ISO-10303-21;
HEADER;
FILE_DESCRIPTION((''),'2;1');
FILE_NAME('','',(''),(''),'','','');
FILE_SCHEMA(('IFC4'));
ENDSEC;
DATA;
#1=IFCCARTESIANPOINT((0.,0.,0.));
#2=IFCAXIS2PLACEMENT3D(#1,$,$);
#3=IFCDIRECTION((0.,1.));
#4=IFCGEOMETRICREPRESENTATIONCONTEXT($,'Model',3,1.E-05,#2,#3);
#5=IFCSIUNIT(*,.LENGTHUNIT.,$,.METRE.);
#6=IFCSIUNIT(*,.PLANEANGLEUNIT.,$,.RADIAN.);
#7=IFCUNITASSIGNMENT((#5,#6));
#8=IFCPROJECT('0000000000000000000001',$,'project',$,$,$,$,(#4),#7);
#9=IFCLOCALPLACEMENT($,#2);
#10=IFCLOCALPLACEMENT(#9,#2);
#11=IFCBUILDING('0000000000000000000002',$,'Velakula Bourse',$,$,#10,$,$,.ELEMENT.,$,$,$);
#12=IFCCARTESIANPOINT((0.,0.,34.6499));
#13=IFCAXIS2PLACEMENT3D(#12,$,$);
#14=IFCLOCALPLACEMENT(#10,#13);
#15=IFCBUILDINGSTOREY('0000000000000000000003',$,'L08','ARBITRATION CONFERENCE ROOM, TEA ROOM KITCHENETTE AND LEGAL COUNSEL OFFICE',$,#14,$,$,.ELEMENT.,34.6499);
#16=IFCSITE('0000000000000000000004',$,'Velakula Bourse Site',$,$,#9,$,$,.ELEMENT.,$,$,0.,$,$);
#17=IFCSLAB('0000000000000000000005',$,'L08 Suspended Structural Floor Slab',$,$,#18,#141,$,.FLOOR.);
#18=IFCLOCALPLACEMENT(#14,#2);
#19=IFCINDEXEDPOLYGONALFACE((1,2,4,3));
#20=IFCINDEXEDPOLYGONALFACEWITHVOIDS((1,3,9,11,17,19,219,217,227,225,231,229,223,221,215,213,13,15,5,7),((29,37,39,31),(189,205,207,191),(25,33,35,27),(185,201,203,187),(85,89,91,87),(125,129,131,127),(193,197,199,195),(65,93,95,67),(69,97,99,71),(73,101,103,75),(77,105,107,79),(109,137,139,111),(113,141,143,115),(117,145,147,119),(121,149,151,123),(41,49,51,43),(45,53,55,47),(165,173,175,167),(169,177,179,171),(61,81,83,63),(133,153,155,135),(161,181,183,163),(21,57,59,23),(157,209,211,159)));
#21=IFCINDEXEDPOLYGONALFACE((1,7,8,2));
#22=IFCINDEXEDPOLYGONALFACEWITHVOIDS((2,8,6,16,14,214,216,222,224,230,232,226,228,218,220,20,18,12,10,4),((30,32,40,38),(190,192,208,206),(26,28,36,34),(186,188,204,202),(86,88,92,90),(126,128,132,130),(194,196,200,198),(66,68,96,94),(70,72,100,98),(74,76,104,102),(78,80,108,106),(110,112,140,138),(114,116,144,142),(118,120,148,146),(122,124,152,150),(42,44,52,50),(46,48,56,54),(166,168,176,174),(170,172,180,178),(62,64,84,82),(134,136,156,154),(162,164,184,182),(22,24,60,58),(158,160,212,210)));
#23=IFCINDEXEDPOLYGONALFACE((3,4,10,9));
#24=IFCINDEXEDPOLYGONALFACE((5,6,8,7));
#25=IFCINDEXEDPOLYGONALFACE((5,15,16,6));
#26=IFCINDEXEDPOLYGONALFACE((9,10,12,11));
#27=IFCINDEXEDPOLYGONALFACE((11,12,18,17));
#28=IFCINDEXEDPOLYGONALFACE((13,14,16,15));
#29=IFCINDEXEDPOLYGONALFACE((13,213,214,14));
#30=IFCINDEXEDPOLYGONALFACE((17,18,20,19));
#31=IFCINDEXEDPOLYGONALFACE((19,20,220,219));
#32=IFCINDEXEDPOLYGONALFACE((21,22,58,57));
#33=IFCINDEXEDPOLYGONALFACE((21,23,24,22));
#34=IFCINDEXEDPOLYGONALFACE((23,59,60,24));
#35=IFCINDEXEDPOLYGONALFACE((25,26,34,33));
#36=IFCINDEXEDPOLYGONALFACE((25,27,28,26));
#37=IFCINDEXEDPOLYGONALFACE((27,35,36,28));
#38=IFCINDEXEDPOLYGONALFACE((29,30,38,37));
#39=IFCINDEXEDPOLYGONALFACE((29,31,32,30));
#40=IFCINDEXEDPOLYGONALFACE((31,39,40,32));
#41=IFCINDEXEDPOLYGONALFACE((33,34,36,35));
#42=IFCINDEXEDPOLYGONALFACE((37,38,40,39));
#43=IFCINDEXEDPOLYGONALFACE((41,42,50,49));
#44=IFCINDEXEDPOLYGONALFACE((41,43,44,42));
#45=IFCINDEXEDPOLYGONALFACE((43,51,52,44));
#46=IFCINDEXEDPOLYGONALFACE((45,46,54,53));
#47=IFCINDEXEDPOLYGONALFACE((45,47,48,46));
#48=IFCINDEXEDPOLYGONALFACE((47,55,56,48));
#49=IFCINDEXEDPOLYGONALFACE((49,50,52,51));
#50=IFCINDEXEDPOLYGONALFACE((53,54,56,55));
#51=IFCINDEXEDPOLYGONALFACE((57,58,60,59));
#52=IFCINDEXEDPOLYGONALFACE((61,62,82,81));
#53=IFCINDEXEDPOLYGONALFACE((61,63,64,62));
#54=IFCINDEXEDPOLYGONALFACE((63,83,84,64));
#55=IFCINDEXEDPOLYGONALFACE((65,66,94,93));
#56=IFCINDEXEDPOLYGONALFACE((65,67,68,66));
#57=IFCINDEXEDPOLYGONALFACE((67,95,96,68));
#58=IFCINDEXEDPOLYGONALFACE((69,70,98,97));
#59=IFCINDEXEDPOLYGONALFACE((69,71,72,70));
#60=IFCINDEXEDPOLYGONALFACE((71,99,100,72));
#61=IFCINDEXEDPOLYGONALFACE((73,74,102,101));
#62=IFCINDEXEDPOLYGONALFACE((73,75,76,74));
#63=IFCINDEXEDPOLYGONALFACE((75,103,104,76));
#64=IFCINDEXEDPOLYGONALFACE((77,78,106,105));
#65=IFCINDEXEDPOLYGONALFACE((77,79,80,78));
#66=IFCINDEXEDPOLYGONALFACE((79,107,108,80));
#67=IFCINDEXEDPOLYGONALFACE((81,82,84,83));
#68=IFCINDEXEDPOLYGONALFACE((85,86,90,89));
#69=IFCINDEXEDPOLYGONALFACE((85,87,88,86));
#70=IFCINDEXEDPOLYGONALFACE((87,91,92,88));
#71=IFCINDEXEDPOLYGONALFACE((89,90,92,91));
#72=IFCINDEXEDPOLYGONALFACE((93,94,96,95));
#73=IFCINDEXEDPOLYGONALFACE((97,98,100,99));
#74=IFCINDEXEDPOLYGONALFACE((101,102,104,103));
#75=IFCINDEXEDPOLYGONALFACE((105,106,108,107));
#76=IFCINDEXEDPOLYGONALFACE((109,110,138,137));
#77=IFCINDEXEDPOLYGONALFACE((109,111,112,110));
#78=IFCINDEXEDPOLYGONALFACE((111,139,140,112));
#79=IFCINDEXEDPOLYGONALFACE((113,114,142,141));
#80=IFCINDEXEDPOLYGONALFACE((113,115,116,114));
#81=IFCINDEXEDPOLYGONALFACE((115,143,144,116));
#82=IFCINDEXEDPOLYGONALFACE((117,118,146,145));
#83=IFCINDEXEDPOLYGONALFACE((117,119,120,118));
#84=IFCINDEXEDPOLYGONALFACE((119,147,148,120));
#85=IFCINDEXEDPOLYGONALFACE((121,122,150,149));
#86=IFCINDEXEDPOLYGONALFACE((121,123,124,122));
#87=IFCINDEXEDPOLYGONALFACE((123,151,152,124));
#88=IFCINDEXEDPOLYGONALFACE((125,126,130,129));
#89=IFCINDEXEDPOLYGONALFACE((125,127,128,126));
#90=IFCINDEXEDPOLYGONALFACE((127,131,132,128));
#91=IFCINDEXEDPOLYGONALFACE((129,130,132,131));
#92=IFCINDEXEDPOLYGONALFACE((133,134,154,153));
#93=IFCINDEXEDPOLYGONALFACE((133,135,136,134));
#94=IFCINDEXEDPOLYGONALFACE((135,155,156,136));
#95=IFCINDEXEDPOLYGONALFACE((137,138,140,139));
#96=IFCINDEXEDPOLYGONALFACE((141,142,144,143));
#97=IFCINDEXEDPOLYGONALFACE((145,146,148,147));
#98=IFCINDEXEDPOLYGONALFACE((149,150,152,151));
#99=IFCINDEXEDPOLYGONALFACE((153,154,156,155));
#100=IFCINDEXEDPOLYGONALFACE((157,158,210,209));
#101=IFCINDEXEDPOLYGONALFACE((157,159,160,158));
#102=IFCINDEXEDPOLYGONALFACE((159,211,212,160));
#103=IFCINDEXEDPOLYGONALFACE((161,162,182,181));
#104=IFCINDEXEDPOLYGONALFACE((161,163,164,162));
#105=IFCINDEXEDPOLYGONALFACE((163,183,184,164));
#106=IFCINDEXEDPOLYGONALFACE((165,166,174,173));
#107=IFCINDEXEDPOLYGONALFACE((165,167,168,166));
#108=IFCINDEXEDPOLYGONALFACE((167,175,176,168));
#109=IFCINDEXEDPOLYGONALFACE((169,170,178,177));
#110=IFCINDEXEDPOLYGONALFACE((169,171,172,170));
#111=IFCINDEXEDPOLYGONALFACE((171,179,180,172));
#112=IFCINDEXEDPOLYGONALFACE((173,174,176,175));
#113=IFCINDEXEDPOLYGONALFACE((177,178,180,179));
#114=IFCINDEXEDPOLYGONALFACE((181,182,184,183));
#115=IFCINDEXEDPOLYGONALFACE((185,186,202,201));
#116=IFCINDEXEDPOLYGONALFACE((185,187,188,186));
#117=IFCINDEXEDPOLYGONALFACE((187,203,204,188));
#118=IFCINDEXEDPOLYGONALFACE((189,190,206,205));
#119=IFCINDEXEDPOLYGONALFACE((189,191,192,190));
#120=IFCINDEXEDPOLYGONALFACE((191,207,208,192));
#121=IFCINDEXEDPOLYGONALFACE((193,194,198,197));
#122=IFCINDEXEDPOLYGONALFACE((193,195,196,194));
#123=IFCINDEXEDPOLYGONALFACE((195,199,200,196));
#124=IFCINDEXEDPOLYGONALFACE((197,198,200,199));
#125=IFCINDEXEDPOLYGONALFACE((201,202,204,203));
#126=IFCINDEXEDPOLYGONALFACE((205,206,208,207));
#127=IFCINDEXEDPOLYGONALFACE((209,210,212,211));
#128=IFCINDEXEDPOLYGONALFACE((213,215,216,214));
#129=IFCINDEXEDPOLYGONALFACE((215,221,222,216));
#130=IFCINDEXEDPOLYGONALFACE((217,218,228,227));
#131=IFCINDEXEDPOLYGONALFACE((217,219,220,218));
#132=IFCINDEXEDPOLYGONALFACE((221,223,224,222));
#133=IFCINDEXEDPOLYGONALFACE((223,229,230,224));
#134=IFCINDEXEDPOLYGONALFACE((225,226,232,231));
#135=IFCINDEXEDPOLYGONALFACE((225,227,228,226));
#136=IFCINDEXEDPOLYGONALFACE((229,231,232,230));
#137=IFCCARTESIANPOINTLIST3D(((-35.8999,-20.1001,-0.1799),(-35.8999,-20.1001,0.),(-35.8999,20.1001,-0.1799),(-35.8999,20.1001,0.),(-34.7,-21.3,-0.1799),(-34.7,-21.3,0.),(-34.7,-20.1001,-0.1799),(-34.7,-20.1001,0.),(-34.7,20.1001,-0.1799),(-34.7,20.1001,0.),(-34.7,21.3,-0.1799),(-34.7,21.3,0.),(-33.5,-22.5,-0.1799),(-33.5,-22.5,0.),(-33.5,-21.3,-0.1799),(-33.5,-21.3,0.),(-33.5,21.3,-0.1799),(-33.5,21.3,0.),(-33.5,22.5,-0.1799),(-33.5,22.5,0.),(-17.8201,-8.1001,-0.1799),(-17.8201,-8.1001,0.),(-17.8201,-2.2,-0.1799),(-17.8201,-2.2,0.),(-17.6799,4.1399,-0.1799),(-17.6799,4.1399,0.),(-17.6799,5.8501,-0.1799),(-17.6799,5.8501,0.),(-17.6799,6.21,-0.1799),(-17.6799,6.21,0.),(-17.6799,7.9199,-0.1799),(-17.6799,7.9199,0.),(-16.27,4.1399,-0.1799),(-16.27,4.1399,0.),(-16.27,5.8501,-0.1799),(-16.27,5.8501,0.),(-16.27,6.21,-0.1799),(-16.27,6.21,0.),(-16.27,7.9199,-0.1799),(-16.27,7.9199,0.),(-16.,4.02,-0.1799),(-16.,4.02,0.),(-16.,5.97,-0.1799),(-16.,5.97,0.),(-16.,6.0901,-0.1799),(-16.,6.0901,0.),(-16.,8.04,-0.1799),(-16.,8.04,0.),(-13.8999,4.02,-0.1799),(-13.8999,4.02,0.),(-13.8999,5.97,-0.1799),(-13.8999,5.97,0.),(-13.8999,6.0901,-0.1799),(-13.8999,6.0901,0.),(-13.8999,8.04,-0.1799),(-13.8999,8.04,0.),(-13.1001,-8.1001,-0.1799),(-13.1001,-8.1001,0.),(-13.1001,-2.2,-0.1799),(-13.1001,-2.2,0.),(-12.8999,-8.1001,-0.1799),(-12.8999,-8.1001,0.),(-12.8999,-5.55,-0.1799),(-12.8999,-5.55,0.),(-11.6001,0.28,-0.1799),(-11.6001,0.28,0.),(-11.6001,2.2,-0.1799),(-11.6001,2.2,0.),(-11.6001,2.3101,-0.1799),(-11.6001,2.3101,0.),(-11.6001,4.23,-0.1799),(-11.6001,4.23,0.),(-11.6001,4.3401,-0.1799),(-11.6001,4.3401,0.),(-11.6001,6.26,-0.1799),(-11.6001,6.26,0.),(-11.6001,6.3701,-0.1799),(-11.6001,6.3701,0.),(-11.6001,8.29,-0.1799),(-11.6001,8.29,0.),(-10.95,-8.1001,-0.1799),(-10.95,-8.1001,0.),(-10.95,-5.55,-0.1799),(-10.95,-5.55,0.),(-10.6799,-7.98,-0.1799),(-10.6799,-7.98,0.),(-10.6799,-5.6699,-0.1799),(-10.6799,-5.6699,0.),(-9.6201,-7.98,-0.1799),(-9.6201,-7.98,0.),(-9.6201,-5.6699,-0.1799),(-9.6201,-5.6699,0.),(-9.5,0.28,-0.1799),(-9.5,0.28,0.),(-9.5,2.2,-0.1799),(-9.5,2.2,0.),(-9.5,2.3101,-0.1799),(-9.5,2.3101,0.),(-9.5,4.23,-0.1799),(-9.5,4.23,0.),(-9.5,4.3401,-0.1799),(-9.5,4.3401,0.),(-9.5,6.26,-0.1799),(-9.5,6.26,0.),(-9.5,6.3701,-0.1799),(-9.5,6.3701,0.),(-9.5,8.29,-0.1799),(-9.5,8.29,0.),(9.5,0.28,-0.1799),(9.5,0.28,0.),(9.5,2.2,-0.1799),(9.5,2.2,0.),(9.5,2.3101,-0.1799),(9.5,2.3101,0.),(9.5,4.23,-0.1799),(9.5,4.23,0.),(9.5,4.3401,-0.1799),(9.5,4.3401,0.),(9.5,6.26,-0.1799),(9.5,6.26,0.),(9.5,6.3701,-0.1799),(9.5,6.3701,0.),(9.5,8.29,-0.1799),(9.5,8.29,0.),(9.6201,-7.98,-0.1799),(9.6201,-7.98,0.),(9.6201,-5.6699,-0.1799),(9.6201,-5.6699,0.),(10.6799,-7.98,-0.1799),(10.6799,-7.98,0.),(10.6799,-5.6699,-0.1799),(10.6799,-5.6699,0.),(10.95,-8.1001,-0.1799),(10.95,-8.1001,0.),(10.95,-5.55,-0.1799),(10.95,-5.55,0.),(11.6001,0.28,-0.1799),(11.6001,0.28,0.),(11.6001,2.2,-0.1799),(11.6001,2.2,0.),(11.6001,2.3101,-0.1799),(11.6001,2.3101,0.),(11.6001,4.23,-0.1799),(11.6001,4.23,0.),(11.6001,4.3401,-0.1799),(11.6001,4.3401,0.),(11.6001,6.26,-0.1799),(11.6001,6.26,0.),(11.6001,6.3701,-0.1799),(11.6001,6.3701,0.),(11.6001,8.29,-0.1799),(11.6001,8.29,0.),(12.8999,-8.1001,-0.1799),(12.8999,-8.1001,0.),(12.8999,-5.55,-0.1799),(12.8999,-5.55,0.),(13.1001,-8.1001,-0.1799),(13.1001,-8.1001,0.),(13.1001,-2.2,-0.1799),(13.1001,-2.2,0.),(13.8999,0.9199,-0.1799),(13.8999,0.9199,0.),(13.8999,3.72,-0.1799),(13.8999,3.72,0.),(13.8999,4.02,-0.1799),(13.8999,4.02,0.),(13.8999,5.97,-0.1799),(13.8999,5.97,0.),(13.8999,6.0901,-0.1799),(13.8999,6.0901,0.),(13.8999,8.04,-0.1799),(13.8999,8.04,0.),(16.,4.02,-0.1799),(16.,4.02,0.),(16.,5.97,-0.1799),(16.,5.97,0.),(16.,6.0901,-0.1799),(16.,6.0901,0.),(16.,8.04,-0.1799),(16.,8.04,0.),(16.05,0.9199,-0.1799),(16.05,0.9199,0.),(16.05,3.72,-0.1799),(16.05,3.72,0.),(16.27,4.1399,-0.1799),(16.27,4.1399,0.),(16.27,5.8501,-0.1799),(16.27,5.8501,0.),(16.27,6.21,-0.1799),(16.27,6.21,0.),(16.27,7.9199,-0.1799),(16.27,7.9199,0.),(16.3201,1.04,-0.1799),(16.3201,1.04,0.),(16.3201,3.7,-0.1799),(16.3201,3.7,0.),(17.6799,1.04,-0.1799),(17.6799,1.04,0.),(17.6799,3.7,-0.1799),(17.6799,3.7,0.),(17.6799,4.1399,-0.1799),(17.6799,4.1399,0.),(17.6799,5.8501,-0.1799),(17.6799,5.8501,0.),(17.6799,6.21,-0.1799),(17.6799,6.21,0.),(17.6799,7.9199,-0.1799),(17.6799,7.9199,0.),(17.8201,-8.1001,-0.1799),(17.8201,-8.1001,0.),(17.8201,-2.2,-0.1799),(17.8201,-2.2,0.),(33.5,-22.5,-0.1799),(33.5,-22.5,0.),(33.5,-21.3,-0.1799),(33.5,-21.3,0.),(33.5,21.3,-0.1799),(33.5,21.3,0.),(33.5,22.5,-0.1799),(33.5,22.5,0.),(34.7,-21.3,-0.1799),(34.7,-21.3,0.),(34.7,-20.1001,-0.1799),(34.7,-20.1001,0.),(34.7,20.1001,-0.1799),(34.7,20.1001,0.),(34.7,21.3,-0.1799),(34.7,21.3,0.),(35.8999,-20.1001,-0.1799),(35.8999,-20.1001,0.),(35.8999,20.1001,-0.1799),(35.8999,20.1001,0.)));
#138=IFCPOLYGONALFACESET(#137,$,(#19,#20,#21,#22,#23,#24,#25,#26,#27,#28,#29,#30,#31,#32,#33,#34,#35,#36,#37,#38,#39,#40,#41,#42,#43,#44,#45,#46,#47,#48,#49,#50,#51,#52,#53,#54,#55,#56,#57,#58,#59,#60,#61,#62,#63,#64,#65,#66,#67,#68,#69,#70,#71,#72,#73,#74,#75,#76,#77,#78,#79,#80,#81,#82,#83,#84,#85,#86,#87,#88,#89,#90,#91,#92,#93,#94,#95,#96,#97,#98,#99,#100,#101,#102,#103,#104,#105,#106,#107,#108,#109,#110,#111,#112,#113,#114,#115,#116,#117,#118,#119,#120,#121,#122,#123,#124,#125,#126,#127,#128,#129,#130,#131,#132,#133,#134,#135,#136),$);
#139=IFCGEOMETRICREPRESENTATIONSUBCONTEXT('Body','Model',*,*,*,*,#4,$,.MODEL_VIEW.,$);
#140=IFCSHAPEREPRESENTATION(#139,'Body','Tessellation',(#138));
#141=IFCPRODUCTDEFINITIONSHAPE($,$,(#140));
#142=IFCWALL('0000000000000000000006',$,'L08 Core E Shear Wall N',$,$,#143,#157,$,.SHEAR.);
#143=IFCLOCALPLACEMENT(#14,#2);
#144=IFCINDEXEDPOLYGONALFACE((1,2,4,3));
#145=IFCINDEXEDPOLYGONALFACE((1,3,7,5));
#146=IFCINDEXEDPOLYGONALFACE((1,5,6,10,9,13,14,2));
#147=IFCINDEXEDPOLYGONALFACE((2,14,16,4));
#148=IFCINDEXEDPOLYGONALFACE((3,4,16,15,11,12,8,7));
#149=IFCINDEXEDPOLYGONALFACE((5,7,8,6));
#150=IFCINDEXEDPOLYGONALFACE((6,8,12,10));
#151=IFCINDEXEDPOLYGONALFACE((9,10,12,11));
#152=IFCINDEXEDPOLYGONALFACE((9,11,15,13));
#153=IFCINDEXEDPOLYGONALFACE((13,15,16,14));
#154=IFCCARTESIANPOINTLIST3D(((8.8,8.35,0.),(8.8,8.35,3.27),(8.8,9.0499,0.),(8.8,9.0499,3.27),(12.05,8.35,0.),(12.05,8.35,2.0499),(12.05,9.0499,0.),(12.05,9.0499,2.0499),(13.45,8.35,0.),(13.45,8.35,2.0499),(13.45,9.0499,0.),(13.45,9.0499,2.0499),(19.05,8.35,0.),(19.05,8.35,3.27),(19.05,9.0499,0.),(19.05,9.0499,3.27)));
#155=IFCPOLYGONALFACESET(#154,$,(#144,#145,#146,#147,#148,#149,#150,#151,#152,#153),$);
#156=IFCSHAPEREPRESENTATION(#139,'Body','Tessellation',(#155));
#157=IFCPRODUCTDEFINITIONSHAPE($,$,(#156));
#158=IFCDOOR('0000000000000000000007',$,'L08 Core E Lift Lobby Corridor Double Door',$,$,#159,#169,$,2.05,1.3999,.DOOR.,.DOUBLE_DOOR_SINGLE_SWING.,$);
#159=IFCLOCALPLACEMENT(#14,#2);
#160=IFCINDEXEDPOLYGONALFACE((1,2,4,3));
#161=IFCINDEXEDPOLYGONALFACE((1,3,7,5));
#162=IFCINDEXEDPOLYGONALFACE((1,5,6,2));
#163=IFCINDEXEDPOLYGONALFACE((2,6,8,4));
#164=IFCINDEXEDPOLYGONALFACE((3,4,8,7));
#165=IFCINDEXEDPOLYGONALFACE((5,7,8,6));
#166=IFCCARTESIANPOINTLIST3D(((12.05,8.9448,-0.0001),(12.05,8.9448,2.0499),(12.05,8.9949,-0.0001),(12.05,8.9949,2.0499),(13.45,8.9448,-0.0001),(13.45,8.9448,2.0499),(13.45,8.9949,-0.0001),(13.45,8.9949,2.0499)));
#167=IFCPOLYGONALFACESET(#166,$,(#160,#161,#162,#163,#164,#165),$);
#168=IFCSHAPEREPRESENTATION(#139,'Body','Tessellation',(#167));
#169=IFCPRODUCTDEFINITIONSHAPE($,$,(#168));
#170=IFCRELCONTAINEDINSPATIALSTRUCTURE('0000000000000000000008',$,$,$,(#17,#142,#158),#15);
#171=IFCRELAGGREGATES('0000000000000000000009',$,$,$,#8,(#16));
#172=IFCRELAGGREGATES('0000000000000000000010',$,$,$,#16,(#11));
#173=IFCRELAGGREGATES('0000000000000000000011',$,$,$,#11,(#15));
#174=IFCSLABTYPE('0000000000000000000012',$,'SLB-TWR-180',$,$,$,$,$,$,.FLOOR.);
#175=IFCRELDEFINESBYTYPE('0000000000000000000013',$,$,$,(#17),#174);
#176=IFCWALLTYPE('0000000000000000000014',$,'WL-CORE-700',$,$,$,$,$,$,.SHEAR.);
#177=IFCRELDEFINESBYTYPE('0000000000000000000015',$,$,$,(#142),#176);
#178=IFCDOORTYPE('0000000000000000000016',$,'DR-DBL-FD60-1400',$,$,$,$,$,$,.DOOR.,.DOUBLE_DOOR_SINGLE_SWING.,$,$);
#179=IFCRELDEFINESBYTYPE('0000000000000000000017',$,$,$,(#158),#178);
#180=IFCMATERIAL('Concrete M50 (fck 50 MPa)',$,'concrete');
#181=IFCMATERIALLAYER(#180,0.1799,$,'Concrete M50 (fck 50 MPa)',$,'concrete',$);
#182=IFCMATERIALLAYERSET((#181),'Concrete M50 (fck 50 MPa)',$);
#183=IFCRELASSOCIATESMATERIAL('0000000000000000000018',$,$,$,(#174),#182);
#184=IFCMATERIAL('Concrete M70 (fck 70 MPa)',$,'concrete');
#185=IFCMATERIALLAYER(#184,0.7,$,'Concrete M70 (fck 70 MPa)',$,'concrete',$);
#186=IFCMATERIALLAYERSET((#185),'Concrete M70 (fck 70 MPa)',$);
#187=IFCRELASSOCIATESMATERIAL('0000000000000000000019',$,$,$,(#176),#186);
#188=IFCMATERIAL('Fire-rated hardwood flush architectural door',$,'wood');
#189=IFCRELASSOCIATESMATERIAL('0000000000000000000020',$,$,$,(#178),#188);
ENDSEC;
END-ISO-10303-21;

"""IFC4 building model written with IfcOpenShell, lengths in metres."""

from ifc_helpers import new_model, si_unit, direction, frame, frame_2d, origin, place, context, subcontext, project, spatial, polyline, rectangle, outline, extrude, material, layer, layer_set, type_object, element, fill, save


model = new_model("IFC4")

# Units and contexts
model_context = context("Model", 3, precision=1e-05, world=origin(), true_north=direction((0.0, 1.0)))
body_context = subcontext(model_context, "Body", "Model", "MODEL_VIEW")
ifc_project = project(units=[si_unit("LENGTHUNIT", "METRE"), si_unit("PLANEANGLEUNIT", "RADIAN")], contexts=[model_context])

# Site, building, storey
site_placement = place(None, origin())
site = spatial("IfcSite", under=ifc_project, at=site_placement, Name="Velakula Bourse Site", CompositionType="ELEMENT", RefElevation=0.0)
building_placement = place(site_placement, origin())
building = spatial("IfcBuilding", under=site, at=building_placement, Name="Velakula Bourse", CompositionType="ELEMENT")
storey_placement = place(building_placement, frame((0.0, 0.0, 34.6499)))
storey = spatial("IfcBuildingStorey", under=building, at=storey_placement, Name="L08", Description="ARBITRATION CONFERENCE ROOM, TEA ROOM KITCHENETTE AND LEGAL COUNSEL OFFICE", CompositionType="ELEMENT", Elevation=34.6499)

# Shared definitions
ifc_material_1 = material(Name="Concrete M70 (fck 70 MPa)", Category="concrete")

# Slab
ifc_material_2 = material(Name="Concrete M50 (fck 50 MPa)", Category="concrete")
ifc_layer_1 = layer(ifc_material_2, 0.1799, Name="Concrete M50 (fck 50 MPa)", Category="concrete")
ifc_layer_set_1 = layer_set([ifc_layer_1], Name="Concrete M50 (fck 50 MPa)")
slab_type_1 = type_object("IfcSlabType", Name="SLB-TWR-180", PredefinedType="FLOOR", material=ifc_layer_set_1)
slab_1_placement = place(storey_placement, frame((0.0, 0.0, -0.1799)))
element("IfcSlab", 1, at=slab_1_placement, inside=storey, type_object=slab_type_1, Name="L08 Suspended Structural Floor Slab", PredefinedType="FLOOR", context=body_context, shape_type="SweptSolid", body=[
    extrude(outline(polyline([(-33.5, -22.5), (33.5, -22.5), (33.5, -21.3), (34.7, -21.3), (34.7, -20.1001), (35.8999, -20.1001), (35.8999, 20.1001), (34.7, 20.1001), (34.7, 21.3), (33.5, 21.3), (33.5, 22.5), (-33.5, 22.5), (-33.5, 21.3), (-34.7, 21.3), (-34.7, 20.1001), (-35.8999, 20.1001), (-35.8999, -20.1001), (-34.7, -20.1001), (-34.7, -21.3), (-33.5, -21.3), (-33.5, -22.5)]), holes=[polyline([(-17.8201, -8.1001), (-13.1001, -8.1001), (-13.1001, -2.2), (-17.8201, -2.2), (-17.8201, -8.1001)]), polyline([(13.1001, -8.1001), (17.8201, -8.1001), (17.8201, -2.2), (13.1001, -2.2), (13.1001, -8.1001)]), polyline([(-12.8999, -8.1001), (-10.95, -8.1001), (-10.95, -5.55), (-12.8999, -5.55), (-12.8999, -8.1001)]), polyline([(10.95, -8.1001), (12.8999, -8.1001), (12.8999, -5.55), (10.95, -5.55), (10.95, -8.1001)]), polyline([(13.8999, 0.9199), (16.05, 0.9199), (16.05, 3.72), (13.8999, 3.72), (13.8999, 0.9199)]), polyline([(-10.6799, -7.98), (-9.6201, -7.98), (-9.6201, -5.6699), (-10.6799, -5.6699), (-10.6799, -7.98)]), polyline([(-17.6799, 4.1399), (-16.27, 4.1399), (-16.27, 5.8501), (-17.6799, 5.8501), (-17.6799, 4.1399)]), polyline([(-17.6799, 6.21), (-16.27, 6.21), (-16.27, 7.9199), (-17.6799, 7.9199), (-17.6799, 6.21)]), polyline([(9.6201, -7.98), (10.6799, -7.98), (10.6799, -5.6699), (9.6201, -5.6699), (9.6201, -7.98)]), polyline([(16.27, 4.1399), (17.6799, 4.1399), (17.6799, 5.8501), (16.27, 5.8501), (16.27, 4.1399)]), polyline([(16.27, 6.21), (17.6799, 6.21), (17.6799, 7.9199), (16.27, 7.9199), (16.27, 6.21)]), polyline([(16.3201, 1.04), (17.6799, 1.04), (17.6799, 3.7), (16.3201, 3.7), (16.3201, 1.04)]), polyline([(-11.6001, 0.28), (-9.5, 0.28), (-9.5, 2.2), (-11.6001, 2.2), (-11.6001, 0.28)]), polyline([(-11.6001, 2.3101), (-9.5, 2.3101), (-9.5, 4.23), (-11.6001, 4.23), (-11.6001, 2.3101)]), polyline([(-11.6001, 4.3401), (-9.5, 4.3401), (-9.5, 6.26), (-11.6001, 6.26), (-11.6001, 4.3401)]), polyline([(-11.6001, 6.3701), (-9.5, 6.3701), (-9.5, 8.29), (-11.6001, 8.29), (-11.6001, 6.3701)]), polyline([(9.5, 0.28), (11.6001, 0.28), (11.6001, 2.2), (9.5, 2.2), (9.5, 0.28)]), polyline([(9.5, 2.3101), (11.6001, 2.3101), (11.6001, 4.23), (9.5, 4.23), (9.5, 2.3101)]), polyline([(9.5, 4.3401), (11.6001, 4.3401), (11.6001, 6.26), (9.5, 6.26), (9.5, 4.3401)]), polyline([(9.5, 6.3701), (11.6001, 6.3701), (11.6001, 8.29), (9.5, 8.29), (9.5, 6.3701)]), polyline([(-16.0, 4.02), (-13.8999, 4.02), (-13.8999, 5.97), (-16.0, 5.97), (-16.0, 4.02)]), polyline([(-16.0, 6.0901), (-13.8999, 6.0901), (-13.8999, 8.04), (-16.0, 8.04), (-16.0, 6.0901)]), polyline([(13.8999, 4.02), (16.0, 4.02), (16.0, 5.97), (13.8999, 5.97), (13.8999, 4.02)]), polyline([(13.8999, 6.0901), (16.0, 6.0901), (16.0, 8.04), (13.8999, 8.04), (13.8999, 6.0901)])]), origin(), (0.0, 0.0, 1.0), 0.1799),
])

# Wall, opening, door
ifc_layer_2 = layer(ifc_material_1, 0.7, Name="Concrete M70 (fck 70 MPa)", Category="concrete")
ifc_layer_set_2 = layer_set([ifc_layer_2], Name="Concrete M70 (fck 70 MPa)")
wall_type_1 = type_object("IfcWallType", Name="WL-CORE-700", PredefinedType="SHEAR", material=ifc_layer_set_2)
wall_1_placement = place(storey_placement, frame((8.8, 8.7, 0.0), z_axis=(0.0, 0.0, 1.0), x_axis=(1.0, 0.0, 0.0)))
wall_1 = element("IfcWall", 2, at=wall_1_placement, inside=storey, type_object=wall_type_1, Name="L08 Core E Shear Wall N", PredefinedType="SHEAR", context=body_context, shape_type="SweptSolid", body=[
    extrude(rectangle(XDim=10.25, YDim=0.7, at=frame_2d((5.125, 0.0))), origin(), (0.0, 0.0, 1.0), 3.27),
])
opening_1_placement = place(wall_1_placement, frame((3.25, 0.0, 0.0)))
opening_1 = element("IfcOpeningElement", 3, at=opening_1_placement, cuts=wall_1, PredefinedType="OPENING", context=body_context, shape_type="SweptSolid", body=[
    extrude(rectangle(XDim=1.3999, YDim=2.05, at=frame_2d((0.7, 1.0249))), frame((0.0, 0.3599, 0.0), z_axis=(0.0, -1.0, 0.0), x_axis=(1.0, 0.0, 0.0)), (0.0, 0.0, 1.0), 0.72),
])
ifc_material_3 = material(Name="Fire-rated hardwood flush architectural door", Category="wood")
door_type_1 = type_object("IfcDoorType", Name="DR-DBL-FD60-1400", OperationType="DOUBLE_DOOR_SINGLE_SWING", PredefinedType="DOOR", material=ifc_material_3)
door_1_placement = place(opening_1_placement, origin())
door_1 = element("IfcDoor", 4, at=door_1_placement, inside=storey, type_object=door_type_1, Name="L08 Core E Lift Lobby Corridor Double Door", OperationType="DOUBLE_DOOR_SINGLE_SWING", OverallHeight=2.05, OverallWidth=1.3999, PredefinedType="DOOR", context=body_context, shape_type="SweptSolid", body=[
    extrude(rectangle(XDim=1.3999, YDim=2.05, at=frame_2d((0.7, 1.0249))), frame((0.0, 0.2949, 0.0), z_axis=(0.0, -1.0, 0.0), x_axis=(1.0, 0.0, 0.0)), (0.0, 0.0, 1.0), 0.05),
])
fill(opening_1, door_1)

save(model, "model.ifc")
